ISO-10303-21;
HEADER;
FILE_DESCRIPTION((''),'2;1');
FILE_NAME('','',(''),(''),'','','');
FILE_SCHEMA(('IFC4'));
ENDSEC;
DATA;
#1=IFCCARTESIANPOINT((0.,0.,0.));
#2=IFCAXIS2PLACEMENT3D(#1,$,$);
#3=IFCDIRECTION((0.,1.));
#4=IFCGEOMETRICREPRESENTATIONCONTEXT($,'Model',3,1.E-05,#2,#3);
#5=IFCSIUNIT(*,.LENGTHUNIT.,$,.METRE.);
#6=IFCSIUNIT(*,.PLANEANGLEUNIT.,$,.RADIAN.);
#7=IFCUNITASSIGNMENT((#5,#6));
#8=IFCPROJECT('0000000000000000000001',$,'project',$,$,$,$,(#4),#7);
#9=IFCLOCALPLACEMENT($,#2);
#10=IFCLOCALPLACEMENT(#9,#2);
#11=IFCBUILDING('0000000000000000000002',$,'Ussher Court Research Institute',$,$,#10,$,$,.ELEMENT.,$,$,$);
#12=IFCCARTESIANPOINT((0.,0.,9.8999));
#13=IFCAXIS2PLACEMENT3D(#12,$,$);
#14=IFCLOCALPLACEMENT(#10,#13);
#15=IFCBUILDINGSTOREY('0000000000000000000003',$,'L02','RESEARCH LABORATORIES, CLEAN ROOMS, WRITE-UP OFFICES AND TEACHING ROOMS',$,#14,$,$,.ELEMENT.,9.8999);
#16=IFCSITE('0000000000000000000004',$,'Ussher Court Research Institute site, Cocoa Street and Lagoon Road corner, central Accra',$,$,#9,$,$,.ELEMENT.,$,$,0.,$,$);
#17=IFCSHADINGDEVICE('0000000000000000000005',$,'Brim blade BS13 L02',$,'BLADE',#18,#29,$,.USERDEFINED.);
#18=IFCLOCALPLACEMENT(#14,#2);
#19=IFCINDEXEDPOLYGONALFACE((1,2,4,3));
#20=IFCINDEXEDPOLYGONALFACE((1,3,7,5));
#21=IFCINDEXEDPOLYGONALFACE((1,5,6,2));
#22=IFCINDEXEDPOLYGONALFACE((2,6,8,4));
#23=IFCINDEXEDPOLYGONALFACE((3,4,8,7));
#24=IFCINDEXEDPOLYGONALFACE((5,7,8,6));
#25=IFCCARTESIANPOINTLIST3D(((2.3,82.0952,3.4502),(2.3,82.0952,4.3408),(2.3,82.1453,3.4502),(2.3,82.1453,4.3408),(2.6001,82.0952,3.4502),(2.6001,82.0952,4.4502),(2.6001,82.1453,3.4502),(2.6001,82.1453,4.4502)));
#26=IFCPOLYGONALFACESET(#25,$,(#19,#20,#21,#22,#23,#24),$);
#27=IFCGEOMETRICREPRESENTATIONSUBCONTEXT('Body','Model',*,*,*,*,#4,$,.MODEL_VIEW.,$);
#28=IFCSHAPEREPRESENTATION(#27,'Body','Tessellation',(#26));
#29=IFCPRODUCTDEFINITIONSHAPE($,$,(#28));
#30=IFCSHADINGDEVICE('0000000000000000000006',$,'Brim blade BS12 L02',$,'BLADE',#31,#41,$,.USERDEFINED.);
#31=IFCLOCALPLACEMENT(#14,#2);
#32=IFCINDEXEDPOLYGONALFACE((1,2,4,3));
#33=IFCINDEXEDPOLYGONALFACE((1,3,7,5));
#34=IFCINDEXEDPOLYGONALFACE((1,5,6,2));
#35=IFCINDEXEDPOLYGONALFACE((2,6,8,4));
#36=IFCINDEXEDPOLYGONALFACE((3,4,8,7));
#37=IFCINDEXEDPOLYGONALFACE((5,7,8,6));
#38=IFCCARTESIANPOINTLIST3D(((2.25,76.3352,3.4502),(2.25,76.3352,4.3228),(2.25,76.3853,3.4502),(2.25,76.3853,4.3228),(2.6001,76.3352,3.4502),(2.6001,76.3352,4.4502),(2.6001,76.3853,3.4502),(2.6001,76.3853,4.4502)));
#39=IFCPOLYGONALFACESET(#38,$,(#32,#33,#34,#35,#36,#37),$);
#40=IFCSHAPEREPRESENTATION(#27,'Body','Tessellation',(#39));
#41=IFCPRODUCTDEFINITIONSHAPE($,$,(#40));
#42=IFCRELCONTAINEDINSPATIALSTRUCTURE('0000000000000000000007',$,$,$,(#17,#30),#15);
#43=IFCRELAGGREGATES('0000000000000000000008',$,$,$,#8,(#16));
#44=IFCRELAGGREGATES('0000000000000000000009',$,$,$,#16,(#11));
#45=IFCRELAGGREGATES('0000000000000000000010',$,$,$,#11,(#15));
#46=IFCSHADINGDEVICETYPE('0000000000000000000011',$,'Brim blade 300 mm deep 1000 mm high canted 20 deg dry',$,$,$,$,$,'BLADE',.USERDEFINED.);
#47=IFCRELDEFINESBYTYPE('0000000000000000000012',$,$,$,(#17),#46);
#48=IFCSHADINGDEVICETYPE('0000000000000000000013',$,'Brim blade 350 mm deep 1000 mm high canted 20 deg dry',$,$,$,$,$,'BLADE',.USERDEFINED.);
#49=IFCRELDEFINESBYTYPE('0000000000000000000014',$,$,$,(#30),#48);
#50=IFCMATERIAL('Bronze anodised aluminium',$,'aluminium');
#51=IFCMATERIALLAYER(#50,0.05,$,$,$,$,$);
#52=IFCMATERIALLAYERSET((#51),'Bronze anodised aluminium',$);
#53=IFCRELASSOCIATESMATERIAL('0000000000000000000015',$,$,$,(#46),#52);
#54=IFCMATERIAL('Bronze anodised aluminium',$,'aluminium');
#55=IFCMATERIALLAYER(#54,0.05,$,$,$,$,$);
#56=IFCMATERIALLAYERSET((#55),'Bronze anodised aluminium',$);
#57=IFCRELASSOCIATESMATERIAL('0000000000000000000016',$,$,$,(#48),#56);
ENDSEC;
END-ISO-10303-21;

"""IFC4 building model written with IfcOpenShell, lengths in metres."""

from ifc_helpers import new_model, si_unit, direction, frame, origin, place, context, subcontext, project, spatial, polyline, outline, extrude, material, layer, layer_set, type_object, element, save


model = new_model("IFC4")

# Units and contexts
model_context = context("Model", 3, precision=1e-05, world=origin(), true_north=direction((0.0, 1.0)))
body_context = subcontext(model_context, "Body", "Model", "MODEL_VIEW")
ifc_project = project(units=[si_unit("LENGTHUNIT", "METRE"), si_unit("PLANEANGLEUNIT", "RADIAN")], contexts=[model_context])

# Site, building, storey
site_placement = place(None, origin())
site = spatial("IfcSite", under=ifc_project, at=site_placement, Name="Ussher Court Research Institute site, Cocoa Street and Lagoon Road corner, central Accra", CompositionType="ELEMENT", RefElevation=0.0)
building_placement = place(site_placement, origin())
building = spatial("IfcBuilding", under=site, at=building_placement, Name="Ussher Court Research Institute", CompositionType="ELEMENT")
storey_placement = place(building_placement, frame((0.0, 0.0, 9.8999)))
storey = spatial("IfcBuildingStorey", under=building, at=storey_placement, Name="L02", Description="RESEARCH LABORATORIES, CLEAN ROOMS, WRITE-UP OFFICES AND TEACHING ROOMS", CompositionType="ELEMENT", Elevation=9.8999)

# Shading devices
ifc_material_1 = material(Name="Bronze anodised aluminium", Category="aluminium")
ifc_layer_1 = layer(ifc_material_1, 0.05)
ifc_layer_set_1 = layer_set([ifc_layer_1], Name="Bronze anodised aluminium")
shading_device_type_1 = type_object("IfcShadingDeviceType", Name="Brim blade 300 mm deep 1000 mm high canted 20 deg dry", ElementType="BLADE", PredefinedType="USERDEFINED", material=ifc_layer_set_1)
for number, where, z_axis, x_axis, name in (
    (1, (2.6001, 82.1201, 3.4502), (0.0, 0.0, 1.0), (-1.0, 0.0, 0.0), "Brim blade BS13 L02"),
):
    element("IfcShadingDevice", number, at=place(storey_placement, frame(where, z_axis=z_axis, x_axis=x_axis)), inside=storey, type_object=shading_device_type_1, Name=name, ObjectType="BLADE", PredefinedType="USERDEFINED", context=body_context, shape_type="SweptSolid", body=[
        extrude(outline(polyline([(0.0, 0.0), (0.3, 0.0), (0.3, 0.8906), (0.0, 1.0), (0.0, 0.0)])), frame((0.0, 0.0249, 0.0), z_axis=(0.0, -1.0, 0.0), x_axis=(1.0, 0.0, 0.0)), (0.0, 0.0, 1.0), 0.05),
    ])
ifc_material_2 = material(Name="Bronze anodised aluminium", Category="aluminium")
ifc_layer_2 = layer(ifc_material_2, 0.05)
ifc_layer_set_2 = layer_set([ifc_layer_2], Name="Bronze anodised aluminium")
shading_device_type_2 = type_object("IfcShadingDeviceType", Name="Brim blade 350 mm deep 1000 mm high canted 20 deg dry", ElementType="BLADE", PredefinedType="USERDEFINED", material=ifc_layer_set_2)
shading_device_1_placement = place(storey_placement, frame((2.6001, 76.3601, 3.4502), z_axis=(0.0, 0.0, 1.0), x_axis=(-1.0, 0.0, 0.0)))
element("IfcShadingDevice", 2, at=shading_device_1_placement, inside=storey, type_object=shading_device_type_2, Name="Brim blade BS12 L02", ObjectType="BLADE", PredefinedType="USERDEFINED", context=body_context, shape_type="SweptSolid", body=[
    extrude(outline(polyline([(0.0, 0.0), (0.3501, 0.0), (0.3501, 0.8726), (0.0, 1.0), (0.0, 0.0)])), frame((0.0, 0.0249, 0.0), z_axis=(0.0, -1.0, 0.0), x_axis=(1.0, 0.0, 0.0)), (0.0, 0.0, 1.0), 0.05),
])

save(model, "model.ifc")
